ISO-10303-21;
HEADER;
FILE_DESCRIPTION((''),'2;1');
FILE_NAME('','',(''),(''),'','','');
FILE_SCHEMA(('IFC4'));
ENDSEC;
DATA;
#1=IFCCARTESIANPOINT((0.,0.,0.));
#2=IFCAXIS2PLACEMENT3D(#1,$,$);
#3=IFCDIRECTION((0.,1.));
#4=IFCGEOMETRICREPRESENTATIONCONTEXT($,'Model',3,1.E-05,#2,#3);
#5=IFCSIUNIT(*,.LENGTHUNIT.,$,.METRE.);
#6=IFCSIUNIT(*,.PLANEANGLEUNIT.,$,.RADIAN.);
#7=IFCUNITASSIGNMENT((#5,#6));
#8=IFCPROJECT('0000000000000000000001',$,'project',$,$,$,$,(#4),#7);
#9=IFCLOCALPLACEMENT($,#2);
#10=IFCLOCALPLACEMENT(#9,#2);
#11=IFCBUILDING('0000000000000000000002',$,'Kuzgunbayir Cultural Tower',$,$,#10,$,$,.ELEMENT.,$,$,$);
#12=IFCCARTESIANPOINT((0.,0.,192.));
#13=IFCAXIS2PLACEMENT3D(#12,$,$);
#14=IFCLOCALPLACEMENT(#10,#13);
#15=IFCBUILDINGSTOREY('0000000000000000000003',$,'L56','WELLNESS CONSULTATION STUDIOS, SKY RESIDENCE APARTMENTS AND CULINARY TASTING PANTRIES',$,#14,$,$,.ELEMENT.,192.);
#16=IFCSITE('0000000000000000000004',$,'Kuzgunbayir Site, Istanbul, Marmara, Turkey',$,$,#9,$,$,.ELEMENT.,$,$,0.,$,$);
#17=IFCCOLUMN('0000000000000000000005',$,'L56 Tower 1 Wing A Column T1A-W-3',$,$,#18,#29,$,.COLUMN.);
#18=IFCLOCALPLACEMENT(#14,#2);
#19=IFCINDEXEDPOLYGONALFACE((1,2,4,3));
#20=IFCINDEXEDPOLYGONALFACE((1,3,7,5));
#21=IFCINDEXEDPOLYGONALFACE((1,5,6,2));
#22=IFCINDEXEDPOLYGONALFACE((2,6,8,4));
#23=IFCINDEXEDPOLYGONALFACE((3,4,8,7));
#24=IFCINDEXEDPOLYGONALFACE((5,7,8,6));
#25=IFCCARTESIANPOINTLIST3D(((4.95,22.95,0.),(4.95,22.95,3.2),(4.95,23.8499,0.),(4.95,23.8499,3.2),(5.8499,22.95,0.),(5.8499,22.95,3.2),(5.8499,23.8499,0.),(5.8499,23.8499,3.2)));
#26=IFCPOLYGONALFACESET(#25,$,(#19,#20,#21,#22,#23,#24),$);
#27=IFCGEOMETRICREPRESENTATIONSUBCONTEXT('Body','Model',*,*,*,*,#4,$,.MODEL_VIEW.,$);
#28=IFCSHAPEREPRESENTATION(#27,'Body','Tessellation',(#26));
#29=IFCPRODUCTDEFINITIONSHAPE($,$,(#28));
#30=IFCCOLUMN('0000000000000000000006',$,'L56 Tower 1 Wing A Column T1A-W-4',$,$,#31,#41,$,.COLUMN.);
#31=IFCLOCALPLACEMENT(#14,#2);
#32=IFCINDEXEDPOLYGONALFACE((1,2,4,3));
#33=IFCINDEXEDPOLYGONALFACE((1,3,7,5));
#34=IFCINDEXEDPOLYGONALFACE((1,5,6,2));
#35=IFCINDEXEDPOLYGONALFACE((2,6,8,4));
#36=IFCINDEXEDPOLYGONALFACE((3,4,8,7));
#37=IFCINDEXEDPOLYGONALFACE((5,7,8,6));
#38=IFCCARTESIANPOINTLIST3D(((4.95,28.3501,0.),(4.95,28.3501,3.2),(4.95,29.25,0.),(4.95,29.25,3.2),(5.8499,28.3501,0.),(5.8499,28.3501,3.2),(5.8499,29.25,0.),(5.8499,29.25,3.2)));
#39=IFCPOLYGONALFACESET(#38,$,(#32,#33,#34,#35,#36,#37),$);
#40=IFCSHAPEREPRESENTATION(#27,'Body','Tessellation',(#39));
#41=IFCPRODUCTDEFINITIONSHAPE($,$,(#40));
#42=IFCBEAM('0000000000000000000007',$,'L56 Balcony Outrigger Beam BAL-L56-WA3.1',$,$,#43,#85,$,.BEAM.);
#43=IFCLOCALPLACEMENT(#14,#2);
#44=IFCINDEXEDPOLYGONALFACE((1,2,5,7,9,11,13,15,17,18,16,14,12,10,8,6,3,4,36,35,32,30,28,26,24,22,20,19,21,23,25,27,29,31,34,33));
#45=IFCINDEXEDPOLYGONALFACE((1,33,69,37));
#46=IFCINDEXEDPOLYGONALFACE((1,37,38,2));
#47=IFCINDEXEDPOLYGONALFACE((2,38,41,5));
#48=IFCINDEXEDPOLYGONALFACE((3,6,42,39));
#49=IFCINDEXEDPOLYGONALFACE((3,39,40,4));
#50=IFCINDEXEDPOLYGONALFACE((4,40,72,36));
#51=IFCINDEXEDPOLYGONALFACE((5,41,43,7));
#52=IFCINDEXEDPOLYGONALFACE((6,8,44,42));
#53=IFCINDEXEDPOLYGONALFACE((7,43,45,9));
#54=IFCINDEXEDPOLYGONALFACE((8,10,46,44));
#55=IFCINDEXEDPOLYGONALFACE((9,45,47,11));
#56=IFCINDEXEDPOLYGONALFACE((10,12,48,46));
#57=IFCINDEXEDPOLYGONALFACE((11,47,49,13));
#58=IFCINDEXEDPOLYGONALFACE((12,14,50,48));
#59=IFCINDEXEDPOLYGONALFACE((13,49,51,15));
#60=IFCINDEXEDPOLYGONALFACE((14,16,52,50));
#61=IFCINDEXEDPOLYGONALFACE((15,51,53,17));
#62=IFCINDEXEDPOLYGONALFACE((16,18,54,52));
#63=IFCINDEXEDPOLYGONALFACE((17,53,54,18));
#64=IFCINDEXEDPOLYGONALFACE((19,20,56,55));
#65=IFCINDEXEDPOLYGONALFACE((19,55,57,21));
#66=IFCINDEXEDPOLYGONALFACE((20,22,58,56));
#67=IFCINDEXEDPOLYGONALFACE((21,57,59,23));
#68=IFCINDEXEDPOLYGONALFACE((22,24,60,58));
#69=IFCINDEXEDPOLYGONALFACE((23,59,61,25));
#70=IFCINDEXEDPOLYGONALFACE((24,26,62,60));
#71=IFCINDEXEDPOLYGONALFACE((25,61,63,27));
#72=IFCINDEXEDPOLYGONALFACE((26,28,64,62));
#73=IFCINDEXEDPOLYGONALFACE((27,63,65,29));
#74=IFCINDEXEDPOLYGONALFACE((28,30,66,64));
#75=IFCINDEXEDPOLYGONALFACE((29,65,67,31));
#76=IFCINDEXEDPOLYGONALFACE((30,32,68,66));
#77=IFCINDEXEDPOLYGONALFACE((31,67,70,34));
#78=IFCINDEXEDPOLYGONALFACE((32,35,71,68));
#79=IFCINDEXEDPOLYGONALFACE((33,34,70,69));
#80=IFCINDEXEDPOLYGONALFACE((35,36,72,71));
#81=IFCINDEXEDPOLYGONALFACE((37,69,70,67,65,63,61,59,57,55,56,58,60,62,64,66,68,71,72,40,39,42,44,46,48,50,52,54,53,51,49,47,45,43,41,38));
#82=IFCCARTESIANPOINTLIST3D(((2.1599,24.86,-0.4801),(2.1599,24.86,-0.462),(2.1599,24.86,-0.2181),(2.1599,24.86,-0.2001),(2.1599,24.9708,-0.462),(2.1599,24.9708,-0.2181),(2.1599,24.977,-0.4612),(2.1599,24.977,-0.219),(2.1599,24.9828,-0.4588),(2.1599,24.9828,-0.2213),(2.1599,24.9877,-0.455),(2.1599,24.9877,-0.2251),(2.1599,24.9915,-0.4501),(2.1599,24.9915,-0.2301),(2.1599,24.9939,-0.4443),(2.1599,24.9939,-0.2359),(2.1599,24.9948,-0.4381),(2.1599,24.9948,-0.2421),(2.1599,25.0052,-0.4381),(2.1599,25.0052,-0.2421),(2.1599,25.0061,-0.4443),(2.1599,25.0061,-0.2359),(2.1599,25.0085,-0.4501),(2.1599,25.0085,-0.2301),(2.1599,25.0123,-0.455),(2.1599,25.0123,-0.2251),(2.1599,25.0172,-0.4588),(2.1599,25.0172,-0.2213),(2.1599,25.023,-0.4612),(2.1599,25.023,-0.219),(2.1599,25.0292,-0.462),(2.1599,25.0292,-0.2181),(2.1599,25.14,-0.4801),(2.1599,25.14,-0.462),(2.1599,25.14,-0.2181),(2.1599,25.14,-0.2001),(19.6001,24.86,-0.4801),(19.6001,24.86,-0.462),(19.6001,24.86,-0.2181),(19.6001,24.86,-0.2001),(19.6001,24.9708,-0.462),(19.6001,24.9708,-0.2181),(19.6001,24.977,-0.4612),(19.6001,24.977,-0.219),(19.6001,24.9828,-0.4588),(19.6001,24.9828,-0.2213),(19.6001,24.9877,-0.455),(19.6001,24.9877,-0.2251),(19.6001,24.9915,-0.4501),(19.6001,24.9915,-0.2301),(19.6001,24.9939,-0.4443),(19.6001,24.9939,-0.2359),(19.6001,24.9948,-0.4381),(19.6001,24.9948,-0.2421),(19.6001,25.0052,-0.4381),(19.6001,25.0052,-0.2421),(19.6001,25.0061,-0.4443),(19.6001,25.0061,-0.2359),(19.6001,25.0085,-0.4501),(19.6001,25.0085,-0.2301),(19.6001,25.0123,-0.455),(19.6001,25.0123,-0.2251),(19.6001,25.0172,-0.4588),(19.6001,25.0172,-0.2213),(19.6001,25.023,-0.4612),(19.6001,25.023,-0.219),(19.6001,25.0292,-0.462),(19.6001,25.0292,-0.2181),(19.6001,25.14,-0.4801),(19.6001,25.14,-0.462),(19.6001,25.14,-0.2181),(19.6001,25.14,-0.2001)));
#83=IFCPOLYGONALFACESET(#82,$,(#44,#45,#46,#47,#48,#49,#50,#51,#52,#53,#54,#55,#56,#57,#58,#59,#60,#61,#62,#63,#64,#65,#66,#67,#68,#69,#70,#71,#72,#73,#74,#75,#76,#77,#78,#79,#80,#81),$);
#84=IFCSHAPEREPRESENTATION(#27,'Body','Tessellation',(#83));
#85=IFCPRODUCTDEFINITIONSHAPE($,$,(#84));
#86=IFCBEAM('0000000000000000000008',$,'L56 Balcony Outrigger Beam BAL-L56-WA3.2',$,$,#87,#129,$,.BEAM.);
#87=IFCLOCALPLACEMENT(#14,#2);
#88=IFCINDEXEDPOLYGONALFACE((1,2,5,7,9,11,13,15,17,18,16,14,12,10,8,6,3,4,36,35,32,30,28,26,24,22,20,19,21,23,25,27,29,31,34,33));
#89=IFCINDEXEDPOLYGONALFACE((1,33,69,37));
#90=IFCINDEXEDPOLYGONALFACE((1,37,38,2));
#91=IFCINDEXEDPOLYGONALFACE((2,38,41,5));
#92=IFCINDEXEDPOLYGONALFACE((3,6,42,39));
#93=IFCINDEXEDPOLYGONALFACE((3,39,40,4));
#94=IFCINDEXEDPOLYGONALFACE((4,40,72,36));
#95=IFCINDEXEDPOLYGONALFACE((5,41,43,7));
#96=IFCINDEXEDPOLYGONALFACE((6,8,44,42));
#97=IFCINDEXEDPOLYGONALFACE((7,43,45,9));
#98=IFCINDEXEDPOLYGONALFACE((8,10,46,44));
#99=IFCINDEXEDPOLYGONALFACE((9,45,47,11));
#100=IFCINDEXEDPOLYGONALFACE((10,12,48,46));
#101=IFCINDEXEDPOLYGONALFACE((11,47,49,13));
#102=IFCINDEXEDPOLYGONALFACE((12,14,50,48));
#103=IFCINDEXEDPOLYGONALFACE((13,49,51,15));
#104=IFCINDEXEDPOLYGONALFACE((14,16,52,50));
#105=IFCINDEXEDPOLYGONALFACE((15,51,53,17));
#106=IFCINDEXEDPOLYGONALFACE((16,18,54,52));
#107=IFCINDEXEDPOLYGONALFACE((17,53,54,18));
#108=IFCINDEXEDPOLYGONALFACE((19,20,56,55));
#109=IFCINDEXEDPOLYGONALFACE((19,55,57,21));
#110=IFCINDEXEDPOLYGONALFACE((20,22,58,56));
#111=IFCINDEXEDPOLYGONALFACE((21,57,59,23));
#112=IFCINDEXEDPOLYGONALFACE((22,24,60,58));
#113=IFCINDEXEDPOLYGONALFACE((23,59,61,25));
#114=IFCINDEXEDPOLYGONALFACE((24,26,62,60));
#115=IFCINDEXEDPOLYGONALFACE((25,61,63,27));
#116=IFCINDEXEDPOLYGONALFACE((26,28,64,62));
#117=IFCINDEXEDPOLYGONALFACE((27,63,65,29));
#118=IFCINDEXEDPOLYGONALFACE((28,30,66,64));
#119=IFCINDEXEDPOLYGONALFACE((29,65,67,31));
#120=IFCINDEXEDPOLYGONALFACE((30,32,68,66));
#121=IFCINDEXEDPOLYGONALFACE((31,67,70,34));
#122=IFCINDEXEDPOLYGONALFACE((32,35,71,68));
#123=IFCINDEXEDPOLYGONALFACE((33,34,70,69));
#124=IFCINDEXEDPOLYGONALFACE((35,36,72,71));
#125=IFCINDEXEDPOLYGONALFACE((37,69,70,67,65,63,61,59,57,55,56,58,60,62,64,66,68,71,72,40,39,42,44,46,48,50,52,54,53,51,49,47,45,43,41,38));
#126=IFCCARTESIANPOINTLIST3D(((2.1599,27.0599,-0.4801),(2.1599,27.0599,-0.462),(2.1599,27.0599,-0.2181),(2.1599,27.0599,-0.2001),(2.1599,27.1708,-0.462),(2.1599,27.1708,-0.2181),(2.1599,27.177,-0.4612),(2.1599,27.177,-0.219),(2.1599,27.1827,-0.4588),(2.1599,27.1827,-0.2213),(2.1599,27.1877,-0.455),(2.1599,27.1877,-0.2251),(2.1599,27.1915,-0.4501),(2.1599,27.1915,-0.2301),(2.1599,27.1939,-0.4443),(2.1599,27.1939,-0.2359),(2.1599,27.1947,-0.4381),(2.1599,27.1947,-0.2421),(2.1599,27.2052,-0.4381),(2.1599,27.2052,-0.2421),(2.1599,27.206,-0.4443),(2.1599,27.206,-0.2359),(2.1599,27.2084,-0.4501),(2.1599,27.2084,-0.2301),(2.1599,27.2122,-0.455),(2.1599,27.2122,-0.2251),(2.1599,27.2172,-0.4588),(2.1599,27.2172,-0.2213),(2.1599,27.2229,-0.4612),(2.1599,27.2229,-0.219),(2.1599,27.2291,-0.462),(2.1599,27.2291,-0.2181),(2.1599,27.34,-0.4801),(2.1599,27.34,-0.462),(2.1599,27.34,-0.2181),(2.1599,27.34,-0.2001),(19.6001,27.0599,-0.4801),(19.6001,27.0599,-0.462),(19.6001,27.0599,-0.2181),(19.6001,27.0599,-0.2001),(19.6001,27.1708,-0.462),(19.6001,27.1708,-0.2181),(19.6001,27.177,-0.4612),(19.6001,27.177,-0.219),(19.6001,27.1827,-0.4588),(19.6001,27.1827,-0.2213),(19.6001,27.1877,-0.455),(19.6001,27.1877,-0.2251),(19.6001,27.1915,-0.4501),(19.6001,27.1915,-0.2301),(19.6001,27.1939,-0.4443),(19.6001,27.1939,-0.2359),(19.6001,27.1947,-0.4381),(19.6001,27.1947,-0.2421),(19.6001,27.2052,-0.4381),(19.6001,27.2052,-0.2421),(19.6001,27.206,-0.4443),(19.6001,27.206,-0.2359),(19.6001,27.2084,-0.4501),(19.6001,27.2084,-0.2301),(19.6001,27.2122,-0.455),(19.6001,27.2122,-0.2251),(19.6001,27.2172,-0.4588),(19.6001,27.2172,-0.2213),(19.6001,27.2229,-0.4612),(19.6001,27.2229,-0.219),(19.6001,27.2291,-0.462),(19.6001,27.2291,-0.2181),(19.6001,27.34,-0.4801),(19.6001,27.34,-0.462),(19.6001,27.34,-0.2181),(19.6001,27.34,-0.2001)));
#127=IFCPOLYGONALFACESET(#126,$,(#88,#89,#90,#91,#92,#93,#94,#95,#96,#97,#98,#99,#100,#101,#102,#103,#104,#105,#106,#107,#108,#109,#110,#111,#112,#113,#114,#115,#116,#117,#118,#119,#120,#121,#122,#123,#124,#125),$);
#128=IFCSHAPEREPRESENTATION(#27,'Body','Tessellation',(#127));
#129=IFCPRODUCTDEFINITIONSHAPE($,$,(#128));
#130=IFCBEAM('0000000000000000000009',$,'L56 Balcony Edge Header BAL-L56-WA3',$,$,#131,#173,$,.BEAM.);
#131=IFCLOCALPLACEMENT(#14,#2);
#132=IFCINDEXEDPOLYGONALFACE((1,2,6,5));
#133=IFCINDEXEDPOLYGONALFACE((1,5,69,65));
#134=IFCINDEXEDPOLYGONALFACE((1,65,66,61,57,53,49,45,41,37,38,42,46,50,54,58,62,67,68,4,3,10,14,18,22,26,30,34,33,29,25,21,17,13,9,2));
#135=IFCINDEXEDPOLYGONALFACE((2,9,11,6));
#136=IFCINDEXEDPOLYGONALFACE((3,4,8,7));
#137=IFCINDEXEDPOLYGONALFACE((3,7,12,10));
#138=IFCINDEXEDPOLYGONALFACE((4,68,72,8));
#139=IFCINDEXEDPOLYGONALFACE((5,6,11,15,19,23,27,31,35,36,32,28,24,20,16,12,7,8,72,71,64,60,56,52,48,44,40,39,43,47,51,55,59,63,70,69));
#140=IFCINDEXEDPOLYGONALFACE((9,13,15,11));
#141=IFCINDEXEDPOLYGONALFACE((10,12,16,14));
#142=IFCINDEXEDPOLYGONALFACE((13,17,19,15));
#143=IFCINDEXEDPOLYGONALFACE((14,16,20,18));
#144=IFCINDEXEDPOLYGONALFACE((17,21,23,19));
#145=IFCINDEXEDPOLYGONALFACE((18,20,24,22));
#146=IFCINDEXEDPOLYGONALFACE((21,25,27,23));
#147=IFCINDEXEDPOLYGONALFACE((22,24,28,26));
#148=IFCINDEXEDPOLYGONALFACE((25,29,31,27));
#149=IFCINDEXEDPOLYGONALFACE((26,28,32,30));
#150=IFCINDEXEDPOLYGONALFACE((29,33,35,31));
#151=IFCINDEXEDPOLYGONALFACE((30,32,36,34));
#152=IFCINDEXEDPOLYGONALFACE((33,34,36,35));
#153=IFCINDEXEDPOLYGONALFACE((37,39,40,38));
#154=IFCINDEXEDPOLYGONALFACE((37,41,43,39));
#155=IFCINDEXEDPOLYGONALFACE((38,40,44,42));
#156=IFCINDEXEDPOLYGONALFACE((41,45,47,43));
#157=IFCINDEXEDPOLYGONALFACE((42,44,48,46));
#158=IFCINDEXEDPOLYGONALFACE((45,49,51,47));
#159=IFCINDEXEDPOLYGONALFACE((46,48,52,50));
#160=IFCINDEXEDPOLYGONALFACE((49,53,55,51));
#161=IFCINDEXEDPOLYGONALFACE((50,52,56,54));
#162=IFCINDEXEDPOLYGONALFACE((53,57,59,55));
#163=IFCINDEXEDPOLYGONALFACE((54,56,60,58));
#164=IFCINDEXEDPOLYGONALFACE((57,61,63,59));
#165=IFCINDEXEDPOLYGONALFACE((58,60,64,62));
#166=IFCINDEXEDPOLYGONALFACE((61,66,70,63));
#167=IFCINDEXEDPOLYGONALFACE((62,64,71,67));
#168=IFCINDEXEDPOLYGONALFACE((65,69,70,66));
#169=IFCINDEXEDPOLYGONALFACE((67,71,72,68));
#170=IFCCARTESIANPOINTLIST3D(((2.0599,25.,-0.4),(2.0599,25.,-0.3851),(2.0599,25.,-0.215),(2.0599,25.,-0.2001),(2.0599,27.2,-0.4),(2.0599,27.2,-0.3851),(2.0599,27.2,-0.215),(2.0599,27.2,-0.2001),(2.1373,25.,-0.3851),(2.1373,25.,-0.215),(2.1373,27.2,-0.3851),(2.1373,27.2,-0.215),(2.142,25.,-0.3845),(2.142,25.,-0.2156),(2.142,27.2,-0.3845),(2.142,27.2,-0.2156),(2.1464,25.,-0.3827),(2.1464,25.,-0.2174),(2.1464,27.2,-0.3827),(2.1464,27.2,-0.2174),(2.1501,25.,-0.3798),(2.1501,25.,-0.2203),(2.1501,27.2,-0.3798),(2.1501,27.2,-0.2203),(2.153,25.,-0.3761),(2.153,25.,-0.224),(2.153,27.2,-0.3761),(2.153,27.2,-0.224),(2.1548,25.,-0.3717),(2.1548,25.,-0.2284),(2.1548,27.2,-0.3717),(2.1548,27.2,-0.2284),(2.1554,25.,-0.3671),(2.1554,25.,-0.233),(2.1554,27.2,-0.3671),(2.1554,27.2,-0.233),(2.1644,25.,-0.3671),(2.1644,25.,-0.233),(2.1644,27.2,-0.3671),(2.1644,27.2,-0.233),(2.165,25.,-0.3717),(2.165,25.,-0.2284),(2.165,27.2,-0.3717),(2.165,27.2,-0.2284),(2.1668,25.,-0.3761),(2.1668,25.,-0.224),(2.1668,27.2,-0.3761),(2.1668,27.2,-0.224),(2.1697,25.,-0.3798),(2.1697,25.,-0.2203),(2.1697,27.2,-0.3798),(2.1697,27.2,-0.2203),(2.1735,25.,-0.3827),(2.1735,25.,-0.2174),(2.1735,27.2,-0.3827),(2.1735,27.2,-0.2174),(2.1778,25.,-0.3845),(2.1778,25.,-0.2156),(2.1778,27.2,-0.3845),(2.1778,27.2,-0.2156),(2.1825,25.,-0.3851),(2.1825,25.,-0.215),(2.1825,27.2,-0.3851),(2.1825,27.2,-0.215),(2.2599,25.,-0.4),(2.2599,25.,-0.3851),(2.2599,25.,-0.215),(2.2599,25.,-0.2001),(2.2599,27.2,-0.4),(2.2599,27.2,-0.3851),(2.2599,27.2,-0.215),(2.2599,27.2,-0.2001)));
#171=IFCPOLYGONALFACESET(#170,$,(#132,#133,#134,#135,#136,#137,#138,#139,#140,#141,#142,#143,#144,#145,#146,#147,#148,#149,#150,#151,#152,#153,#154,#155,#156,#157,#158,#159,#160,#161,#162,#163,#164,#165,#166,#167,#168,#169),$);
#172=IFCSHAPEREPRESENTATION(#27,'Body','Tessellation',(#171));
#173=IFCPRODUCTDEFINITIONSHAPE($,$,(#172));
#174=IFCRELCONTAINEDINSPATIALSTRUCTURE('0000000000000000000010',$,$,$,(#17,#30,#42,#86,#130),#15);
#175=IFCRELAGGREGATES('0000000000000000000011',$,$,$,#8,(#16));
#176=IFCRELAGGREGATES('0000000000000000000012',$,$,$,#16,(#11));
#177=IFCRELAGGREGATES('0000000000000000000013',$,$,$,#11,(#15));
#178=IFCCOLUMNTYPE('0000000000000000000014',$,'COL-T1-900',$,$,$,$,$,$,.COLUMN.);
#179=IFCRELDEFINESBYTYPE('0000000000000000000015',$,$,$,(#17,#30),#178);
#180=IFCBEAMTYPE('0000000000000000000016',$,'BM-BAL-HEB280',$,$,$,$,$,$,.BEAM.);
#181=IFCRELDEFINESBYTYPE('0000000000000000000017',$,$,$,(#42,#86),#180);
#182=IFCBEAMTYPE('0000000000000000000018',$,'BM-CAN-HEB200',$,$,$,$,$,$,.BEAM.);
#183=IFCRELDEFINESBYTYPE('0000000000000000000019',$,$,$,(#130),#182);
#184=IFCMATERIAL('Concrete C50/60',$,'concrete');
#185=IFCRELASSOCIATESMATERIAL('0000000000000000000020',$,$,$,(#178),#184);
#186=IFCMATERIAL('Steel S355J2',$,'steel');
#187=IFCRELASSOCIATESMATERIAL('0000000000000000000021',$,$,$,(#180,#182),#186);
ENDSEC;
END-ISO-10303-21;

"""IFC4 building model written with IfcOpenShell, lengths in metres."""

from ifc_helpers import new_model, si_unit, direction, frame, origin, origin_2d, place, context, subcontext, project, spatial, rectangle, i_section, extrude, material, material_profile, profile_set, type_object, element, save


model = new_model("IFC4")

# Units and contexts
model_context = context("Model", 3, precision=1e-05, world=origin(), true_north=direction((0.0, 1.0)))
body_context = subcontext(model_context, "Body", "Model", "MODEL_VIEW")
ifc_project = project(units=[si_unit("LENGTHUNIT", "METRE"), si_unit("PLANEANGLEUNIT", "RADIAN")], contexts=[model_context])

# Site, building, storey
site_placement = place(None, origin())
site = spatial("IfcSite", under=ifc_project, at=site_placement, Name="Kuzgunbayir Site, Istanbul, Marmara, Turkey", CompositionType="ELEMENT", RefElevation=0.0)
building_placement = place(site_placement, origin())
building = spatial("IfcBuilding", under=site, at=building_placement, Name="Kuzgunbayir Cultural Tower", CompositionType="ELEMENT")
storey_placement = place(building_placement, frame((0.0, 0.0, 192.0)))
storey = spatial("IfcBuildingStorey", under=building, at=storey_placement, Name="L56", Description="WELLNESS CONSULTATION STUDIOS, SKY RESIDENCE APARTMENTS AND CULINARY TASTING PANTRIES", CompositionType="ELEMENT", Elevation=192.0)

# Columns
ifc_material_1 = material(Name="Concrete C50/60", Category="concrete")
ifc_material_profile_1 = material_profile(ifc_material_1, rectangle(XDim=0.8999, YDim=0.8999, at=origin_2d()), Name="RC 900x900")
ifc_profile_set_1 = profile_set([ifc_material_profile_1], Name="Concrete C50/60")
column_type = type_object("IfcColumnType", Name="COL-T1-900", PredefinedType="COLUMN", material=ifc_profile_set_1)
for number, where, z_axis, x_axis, name in (
    (1, (5.3999, 23.3999, 0.0), (0.0, 0.0, 1.0), (1.0, 0.0, 0.0), "L56 Tower 1 Wing A Column T1A-W-3"),
    (2, (5.3999, 28.8, 0.0), (0.0, 0.0, 1.0), (1.0, 0.0, 0.0), "L56 Tower 1 Wing A Column T1A-W-4"),
):
    element("IfcColumn", number, at=place(storey_placement, frame(where, z_axis=z_axis, x_axis=x_axis)), inside=storey, type_object=column_type, Name=name, PredefinedType="COLUMN", context=body_context, shape_type="SweptSolid", body=[
        extrude(rectangle(XDim=0.8999, YDim=0.8999, at=origin_2d()), origin(), (0.0, 0.0, 1.0), 3.2),
    ])

# Beams
ifc_material_2 = material(Name="Steel S355J2", Category="steel")
ifc_material_profile_2 = material_profile(ifc_material_2, i_section(OverallWidth=0.28, OverallDepth=0.28, WebThickness=0.0105, FlangeThickness=0.0181, FilletRadius=0.0239, at=origin_2d()), Name="HEB 280")
ifc_profile_set_2 = profile_set([ifc_material_profile_2], Name="Steel S355J2")
beam_type_1 = type_object("IfcBeamType", Name="BM-BAL-HEB280", PredefinedType="BEAM", material=ifc_profile_set_2)
for number, where, z_axis, x_axis, name in (
    (3, (2.1599, 25.0, -0.3401), (1.0, 0.0, 0.0), (0.0, 1.0, 0.0), "L56 Balcony Outrigger Beam BAL-L56-WA3.1"),
    (4, (2.1599, 27.2, -0.3401), (1.0, 0.0, 0.0), (0.0, 1.0, 0.0), "L56 Balcony Outrigger Beam BAL-L56-WA3.2"),
):
    element("IfcBeam", number, at=place(storey_placement, frame(where, z_axis=z_axis, x_axis=x_axis)), inside=storey, type_object=beam_type_1, Name=name, PredefinedType="BEAM", context=body_context, shape_type="SweptSolid", body=[
        extrude(i_section(OverallWidth=0.28, OverallDepth=0.28, WebThickness=0.0105, FlangeThickness=0.0181, FilletRadius=0.0239, at=origin_2d()), origin(), (0.0, 0.0, 1.0), 17.4402),
    ])
ifc_material_profile_3 = material_profile(ifc_material_2, i_section(OverallWidth=0.2, OverallDepth=0.2, WebThickness=0.009, FlangeThickness=0.0149, FilletRadius=0.0181, at=origin_2d()), Name="HEB 200")
ifc_profile_set_3 = profile_set([ifc_material_profile_3], Name="Steel S355J2")
beam_type_2 = type_object("IfcBeamType", Name="BM-CAN-HEB200", PredefinedType="BEAM", material=ifc_profile_set_3)
beam_1_placement = place(storey_placement, frame((2.1599, 25.0, -0.3), z_axis=(0.0, 1.0, 0.0), x_axis=(-1.0, 0.0, 0.0)))
element("IfcBeam", 5, at=beam_1_placement, inside=storey, type_object=beam_type_2, Name="L56 Balcony Edge Header BAL-L56-WA3", PredefinedType="BEAM", context=body_context, shape_type="SweptSolid", body=[
    extrude(i_section(OverallWidth=0.2, OverallDepth=0.2, WebThickness=0.009, FlangeThickness=0.0149, FilletRadius=0.0181, at=origin_2d()), origin(), (0.0, 0.0, 1.0), 2.2),
])

save(model, "model.ifc")
